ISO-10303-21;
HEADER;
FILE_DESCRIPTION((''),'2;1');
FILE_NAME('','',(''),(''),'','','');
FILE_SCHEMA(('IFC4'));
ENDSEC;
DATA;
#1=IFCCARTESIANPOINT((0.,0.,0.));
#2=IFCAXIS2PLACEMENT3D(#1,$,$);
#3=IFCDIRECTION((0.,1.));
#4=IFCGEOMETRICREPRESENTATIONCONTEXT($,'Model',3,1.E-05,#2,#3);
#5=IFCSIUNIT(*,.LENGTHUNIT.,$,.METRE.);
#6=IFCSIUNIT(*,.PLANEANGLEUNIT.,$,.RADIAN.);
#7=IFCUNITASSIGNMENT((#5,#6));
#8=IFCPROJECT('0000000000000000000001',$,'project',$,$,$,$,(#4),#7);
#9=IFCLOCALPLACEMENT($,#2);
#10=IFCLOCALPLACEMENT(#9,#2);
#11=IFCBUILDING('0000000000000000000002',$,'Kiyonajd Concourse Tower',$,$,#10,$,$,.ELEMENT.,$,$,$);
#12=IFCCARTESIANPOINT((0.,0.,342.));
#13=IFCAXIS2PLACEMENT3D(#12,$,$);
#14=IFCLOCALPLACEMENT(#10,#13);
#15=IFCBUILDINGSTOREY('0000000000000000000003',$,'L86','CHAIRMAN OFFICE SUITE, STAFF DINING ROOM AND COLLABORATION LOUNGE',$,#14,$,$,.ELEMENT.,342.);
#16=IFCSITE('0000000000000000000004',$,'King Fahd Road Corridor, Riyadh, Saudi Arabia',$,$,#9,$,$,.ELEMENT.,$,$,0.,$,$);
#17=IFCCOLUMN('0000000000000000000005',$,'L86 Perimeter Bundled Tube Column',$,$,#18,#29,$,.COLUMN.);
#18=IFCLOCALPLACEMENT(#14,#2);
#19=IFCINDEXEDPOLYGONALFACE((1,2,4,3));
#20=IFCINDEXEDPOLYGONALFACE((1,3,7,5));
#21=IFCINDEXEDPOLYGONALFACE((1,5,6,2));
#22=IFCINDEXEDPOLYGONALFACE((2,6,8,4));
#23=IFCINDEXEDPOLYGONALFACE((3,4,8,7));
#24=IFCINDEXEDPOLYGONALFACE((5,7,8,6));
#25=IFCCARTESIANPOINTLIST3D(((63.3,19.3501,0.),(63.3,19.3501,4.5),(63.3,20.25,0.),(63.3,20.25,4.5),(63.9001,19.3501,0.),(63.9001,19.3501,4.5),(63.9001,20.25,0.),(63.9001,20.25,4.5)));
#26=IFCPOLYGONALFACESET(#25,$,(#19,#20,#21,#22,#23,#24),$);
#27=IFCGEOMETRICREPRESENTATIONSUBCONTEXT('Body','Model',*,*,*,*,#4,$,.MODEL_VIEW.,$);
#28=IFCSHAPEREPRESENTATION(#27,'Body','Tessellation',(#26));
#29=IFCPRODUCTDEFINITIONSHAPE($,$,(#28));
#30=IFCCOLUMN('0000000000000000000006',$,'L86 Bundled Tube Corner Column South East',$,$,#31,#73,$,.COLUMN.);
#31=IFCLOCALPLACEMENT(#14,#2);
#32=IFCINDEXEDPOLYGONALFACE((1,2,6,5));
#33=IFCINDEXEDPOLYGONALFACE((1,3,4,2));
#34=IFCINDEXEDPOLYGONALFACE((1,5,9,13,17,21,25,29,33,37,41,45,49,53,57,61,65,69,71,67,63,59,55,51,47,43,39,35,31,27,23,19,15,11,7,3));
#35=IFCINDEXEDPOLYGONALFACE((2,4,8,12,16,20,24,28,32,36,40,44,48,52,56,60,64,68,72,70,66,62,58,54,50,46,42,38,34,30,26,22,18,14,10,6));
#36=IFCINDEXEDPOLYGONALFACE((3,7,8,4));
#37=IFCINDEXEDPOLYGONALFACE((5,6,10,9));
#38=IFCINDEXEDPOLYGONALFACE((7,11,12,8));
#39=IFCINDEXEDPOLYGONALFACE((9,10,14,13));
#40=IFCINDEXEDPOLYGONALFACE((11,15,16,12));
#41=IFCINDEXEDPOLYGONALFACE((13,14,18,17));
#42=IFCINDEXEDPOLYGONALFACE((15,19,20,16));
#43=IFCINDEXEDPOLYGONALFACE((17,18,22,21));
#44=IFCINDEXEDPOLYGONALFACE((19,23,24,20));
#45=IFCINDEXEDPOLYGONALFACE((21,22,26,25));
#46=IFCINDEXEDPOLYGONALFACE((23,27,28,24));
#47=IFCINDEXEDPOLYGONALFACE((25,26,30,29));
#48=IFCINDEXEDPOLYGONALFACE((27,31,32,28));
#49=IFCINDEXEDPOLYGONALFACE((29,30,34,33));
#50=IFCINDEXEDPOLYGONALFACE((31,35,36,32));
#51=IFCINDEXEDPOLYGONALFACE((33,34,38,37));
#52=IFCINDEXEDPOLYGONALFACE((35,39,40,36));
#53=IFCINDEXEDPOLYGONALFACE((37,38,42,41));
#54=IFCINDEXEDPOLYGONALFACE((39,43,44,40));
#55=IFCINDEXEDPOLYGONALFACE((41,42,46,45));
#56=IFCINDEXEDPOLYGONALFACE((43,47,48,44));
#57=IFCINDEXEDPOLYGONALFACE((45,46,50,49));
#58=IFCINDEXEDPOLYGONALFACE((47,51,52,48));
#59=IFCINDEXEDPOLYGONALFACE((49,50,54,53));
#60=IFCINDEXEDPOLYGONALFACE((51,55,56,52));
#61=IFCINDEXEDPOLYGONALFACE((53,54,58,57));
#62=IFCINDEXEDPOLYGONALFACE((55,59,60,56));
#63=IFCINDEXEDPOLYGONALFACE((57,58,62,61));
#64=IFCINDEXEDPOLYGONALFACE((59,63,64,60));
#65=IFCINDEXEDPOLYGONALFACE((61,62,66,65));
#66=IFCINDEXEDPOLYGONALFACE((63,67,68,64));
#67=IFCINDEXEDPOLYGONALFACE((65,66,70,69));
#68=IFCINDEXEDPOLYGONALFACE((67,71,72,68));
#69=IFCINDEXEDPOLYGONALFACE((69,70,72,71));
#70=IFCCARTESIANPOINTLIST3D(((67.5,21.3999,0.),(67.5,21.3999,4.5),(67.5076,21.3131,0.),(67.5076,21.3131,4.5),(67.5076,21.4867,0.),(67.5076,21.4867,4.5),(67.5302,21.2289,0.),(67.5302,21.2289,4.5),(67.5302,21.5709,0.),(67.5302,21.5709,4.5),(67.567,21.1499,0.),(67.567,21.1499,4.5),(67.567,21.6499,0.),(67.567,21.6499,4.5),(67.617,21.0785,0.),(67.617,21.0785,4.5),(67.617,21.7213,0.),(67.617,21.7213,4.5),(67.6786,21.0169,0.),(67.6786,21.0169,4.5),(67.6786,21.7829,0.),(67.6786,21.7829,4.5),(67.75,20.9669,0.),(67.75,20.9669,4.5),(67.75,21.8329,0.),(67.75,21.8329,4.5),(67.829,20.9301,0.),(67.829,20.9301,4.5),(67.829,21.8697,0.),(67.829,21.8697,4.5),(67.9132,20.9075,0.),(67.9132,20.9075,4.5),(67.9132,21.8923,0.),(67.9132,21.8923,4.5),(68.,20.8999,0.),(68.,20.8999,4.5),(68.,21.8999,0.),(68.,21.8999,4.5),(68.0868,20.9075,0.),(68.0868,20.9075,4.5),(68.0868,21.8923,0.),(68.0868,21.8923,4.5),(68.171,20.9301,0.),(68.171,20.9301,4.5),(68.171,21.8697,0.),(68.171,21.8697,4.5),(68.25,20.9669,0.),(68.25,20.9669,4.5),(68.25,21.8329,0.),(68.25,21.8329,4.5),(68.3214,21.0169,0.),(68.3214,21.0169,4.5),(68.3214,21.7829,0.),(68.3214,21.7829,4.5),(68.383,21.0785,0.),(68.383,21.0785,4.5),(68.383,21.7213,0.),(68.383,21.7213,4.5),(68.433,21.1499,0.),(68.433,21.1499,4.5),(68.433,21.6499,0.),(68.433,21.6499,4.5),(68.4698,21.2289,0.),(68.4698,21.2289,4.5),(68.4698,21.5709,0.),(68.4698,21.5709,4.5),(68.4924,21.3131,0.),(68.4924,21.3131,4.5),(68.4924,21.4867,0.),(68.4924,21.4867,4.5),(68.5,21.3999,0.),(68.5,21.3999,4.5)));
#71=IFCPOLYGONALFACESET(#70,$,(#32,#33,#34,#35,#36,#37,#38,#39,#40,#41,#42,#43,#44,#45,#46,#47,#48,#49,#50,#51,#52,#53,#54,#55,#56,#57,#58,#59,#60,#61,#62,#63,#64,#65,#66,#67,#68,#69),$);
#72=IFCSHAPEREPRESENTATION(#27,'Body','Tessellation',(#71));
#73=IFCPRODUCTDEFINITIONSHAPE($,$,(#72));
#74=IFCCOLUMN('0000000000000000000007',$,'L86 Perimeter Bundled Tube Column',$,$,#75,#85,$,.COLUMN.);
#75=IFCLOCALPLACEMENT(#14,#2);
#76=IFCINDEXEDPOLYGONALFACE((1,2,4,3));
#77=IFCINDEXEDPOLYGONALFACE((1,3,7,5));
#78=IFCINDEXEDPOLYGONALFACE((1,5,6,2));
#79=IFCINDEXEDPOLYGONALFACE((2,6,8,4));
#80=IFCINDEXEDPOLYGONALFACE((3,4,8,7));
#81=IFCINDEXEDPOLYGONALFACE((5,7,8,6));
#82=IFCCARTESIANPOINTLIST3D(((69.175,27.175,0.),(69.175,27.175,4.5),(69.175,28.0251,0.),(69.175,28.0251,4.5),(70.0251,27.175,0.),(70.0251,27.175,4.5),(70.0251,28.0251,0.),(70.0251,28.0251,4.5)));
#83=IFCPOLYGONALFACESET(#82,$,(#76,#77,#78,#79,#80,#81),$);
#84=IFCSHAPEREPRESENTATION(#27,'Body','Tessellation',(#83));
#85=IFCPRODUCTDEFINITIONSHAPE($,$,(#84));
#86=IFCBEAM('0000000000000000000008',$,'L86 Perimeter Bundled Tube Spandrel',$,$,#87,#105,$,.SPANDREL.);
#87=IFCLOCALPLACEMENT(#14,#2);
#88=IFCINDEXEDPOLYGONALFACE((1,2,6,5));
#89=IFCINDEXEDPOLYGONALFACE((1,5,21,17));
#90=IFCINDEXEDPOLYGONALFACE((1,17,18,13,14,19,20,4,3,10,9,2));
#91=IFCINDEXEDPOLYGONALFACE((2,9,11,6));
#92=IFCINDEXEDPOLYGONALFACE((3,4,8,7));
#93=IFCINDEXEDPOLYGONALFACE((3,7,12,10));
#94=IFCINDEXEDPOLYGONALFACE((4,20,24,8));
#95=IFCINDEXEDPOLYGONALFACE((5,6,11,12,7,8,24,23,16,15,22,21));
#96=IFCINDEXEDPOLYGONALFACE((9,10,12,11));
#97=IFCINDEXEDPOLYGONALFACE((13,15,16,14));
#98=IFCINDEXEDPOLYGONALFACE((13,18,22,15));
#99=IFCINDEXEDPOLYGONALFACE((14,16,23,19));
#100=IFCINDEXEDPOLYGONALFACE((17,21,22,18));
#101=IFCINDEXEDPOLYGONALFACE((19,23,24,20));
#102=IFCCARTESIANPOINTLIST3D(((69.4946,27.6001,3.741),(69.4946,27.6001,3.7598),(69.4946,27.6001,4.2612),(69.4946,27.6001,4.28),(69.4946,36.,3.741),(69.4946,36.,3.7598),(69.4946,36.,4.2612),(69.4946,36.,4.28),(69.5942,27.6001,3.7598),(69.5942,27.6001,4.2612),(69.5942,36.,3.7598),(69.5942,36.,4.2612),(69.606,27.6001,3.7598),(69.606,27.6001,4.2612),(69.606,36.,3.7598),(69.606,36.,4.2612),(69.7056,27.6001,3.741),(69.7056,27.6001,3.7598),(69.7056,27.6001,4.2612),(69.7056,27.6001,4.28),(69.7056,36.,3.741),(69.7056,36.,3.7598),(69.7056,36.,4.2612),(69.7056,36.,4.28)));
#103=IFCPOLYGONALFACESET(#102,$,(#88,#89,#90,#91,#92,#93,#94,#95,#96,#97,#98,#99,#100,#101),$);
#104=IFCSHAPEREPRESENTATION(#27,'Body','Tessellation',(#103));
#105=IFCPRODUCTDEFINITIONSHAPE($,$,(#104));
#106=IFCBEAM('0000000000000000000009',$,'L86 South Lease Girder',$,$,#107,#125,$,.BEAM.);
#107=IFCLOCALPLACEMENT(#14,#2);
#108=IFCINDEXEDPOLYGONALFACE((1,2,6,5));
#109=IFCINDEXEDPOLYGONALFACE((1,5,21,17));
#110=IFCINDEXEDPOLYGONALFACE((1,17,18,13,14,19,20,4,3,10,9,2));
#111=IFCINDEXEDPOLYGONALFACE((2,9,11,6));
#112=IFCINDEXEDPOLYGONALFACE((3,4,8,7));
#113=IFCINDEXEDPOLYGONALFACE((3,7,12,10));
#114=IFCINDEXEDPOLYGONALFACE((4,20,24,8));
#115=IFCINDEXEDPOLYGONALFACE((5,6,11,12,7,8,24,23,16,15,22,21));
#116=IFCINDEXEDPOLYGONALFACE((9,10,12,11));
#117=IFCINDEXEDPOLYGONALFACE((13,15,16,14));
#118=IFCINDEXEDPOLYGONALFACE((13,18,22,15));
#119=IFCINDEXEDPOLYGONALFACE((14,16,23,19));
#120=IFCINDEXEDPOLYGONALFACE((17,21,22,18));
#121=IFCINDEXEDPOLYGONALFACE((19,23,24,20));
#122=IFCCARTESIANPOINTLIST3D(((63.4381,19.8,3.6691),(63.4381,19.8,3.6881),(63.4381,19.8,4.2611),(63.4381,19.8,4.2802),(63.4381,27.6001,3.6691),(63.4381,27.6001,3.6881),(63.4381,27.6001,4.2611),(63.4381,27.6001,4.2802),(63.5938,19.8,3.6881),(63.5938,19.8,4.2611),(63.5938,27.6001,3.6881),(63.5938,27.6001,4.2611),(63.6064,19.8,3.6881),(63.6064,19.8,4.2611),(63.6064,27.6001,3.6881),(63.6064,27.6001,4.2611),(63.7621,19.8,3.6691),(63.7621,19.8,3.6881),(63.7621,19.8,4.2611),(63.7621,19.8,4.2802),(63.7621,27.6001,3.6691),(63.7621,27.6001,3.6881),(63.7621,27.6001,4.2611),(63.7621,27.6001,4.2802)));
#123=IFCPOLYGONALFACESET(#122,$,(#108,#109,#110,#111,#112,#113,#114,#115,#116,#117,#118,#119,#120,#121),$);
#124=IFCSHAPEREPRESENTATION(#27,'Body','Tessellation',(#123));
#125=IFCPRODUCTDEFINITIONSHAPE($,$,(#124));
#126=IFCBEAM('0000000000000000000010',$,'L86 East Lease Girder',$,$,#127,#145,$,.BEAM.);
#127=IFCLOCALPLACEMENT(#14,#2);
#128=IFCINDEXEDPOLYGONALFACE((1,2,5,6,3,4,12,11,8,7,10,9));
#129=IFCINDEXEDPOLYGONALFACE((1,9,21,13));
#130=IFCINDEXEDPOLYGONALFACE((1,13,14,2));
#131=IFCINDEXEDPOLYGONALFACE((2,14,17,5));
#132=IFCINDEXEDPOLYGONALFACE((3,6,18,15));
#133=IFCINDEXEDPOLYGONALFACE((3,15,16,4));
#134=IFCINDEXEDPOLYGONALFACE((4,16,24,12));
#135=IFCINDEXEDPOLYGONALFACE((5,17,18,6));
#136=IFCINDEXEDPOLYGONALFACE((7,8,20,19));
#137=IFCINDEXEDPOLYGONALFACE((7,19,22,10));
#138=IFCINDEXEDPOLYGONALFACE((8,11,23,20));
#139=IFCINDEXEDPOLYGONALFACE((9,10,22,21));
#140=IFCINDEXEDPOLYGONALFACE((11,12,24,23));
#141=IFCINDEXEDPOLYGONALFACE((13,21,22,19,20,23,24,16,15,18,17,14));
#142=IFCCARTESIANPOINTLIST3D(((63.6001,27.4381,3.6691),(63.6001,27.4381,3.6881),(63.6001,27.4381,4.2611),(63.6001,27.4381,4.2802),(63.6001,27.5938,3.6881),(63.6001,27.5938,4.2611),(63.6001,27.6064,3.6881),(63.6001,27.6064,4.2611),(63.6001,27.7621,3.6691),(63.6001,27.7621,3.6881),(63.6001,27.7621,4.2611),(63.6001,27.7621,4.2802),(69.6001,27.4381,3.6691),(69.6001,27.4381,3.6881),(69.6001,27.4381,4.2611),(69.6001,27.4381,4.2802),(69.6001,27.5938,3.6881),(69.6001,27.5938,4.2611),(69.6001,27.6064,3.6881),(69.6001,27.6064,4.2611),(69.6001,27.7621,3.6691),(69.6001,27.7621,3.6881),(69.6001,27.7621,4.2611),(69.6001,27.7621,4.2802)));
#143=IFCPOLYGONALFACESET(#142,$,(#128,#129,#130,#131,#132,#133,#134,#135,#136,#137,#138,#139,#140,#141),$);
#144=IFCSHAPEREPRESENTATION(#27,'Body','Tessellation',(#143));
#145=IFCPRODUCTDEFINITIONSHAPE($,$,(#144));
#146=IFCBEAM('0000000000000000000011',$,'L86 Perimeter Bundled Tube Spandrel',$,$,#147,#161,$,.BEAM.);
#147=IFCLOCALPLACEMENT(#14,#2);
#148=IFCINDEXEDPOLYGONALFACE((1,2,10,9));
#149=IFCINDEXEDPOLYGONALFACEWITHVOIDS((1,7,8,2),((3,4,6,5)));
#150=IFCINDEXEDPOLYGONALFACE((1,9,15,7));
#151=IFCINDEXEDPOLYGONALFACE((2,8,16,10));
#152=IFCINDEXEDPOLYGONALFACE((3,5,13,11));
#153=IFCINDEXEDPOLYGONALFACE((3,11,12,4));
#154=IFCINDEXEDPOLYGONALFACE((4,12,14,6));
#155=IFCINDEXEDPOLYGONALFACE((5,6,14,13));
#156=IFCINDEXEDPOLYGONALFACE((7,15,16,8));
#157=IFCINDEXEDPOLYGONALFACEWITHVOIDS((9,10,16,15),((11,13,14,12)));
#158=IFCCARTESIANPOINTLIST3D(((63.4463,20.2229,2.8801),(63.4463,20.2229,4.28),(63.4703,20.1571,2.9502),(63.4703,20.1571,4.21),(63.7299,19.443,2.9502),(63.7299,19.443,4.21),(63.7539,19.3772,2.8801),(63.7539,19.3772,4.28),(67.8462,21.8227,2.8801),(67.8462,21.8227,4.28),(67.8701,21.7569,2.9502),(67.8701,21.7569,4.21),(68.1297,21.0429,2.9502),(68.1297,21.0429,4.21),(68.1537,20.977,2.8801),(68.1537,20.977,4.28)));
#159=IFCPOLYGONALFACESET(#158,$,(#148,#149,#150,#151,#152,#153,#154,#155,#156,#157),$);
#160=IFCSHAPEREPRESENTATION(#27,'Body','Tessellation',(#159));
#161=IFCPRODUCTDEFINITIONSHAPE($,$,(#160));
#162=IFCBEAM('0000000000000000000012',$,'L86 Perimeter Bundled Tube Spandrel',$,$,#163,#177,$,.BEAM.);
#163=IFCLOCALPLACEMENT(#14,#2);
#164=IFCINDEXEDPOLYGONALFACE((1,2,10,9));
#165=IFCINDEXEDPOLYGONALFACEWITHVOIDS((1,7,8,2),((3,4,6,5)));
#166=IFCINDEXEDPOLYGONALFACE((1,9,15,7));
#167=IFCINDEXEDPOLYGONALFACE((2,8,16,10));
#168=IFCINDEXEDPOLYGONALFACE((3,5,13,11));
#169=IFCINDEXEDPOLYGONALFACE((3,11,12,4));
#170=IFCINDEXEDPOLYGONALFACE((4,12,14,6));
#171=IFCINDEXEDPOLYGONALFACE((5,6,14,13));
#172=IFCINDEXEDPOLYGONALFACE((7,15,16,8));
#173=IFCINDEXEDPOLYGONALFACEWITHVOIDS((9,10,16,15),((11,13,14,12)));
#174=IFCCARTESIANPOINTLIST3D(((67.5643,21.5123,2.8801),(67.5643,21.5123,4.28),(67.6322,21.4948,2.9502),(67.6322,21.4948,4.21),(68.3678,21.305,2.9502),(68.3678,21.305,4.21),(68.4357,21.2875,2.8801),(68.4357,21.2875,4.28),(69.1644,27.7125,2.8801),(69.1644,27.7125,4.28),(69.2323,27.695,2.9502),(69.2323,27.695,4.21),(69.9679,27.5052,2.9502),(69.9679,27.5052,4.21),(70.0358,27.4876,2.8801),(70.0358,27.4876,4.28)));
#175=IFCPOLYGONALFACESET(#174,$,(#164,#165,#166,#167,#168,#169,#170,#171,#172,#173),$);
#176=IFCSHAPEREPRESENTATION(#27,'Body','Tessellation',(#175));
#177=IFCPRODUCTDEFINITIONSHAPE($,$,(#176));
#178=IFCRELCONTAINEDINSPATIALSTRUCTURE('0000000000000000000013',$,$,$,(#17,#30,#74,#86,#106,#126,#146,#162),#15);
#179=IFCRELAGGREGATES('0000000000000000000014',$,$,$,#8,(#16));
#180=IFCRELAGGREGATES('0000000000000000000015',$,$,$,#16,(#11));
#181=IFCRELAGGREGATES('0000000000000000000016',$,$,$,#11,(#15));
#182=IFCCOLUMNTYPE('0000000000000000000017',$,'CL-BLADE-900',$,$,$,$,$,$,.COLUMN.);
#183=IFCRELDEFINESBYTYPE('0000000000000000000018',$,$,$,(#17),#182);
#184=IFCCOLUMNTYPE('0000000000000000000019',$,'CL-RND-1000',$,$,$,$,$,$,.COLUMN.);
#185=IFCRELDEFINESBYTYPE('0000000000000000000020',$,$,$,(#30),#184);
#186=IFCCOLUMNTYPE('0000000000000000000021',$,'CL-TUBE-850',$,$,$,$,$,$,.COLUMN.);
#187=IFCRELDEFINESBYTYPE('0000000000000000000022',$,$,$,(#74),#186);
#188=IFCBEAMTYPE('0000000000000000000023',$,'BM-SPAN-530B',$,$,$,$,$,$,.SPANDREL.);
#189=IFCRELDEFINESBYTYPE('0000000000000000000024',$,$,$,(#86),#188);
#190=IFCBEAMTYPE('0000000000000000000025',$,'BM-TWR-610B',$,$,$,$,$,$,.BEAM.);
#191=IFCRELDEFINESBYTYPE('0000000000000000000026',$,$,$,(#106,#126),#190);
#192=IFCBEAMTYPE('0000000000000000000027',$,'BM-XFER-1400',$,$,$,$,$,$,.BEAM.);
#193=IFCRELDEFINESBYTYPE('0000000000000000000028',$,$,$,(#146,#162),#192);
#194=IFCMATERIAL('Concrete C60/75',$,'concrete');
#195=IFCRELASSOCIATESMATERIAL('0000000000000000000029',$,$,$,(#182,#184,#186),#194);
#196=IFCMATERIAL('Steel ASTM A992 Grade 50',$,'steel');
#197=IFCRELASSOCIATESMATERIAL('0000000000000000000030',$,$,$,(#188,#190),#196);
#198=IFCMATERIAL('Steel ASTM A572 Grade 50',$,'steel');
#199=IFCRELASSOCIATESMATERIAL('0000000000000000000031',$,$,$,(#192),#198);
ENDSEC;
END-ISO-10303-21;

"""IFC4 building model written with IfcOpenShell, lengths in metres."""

from ifc_helpers import new_model, si_unit, direction, frame, origin, origin_2d, place, context, subcontext, project, spatial, rectangle, hollow_rectangle, circle, i_section, extrude, material, material_profile, profile_set, type_object, element, save


model = new_model("IFC4")

# Units and contexts
model_context = context("Model", 3, precision=1e-05, world=origin(), true_north=direction((0.0, 1.0)))
body_context = subcontext(model_context, "Body", "Model", "MODEL_VIEW")
ifc_project = project(units=[si_unit("LENGTHUNIT", "METRE"), si_unit("PLANEANGLEUNIT", "RADIAN")], contexts=[model_context])

# Site, building, storey
site_placement = place(None, origin())
site = spatial("IfcSite", under=ifc_project, at=site_placement, Name="King Fahd Road Corridor, Riyadh, Saudi Arabia", CompositionType="ELEMENT", RefElevation=0.0)
building_placement = place(site_placement, origin())
building = spatial("IfcBuilding", under=site, at=building_placement, Name="Kiyonajd Concourse Tower", CompositionType="ELEMENT")
storey_placement = place(building_placement, frame((0.0, 0.0, 342.0)))
storey = spatial("IfcBuildingStorey", under=building, at=storey_placement, Name="L86", Description="CHAIRMAN OFFICE SUITE, STAFF DINING ROOM AND COLLABORATION LOUNGE", CompositionType="ELEMENT", Elevation=342.0)

# Columns
ifc_material_1 = material(Name="Concrete C60/75", Category="concrete")
ifc_material_profile_1 = material_profile(ifc_material_1, rectangle(XDim=0.6001, YDim=0.8999, at=origin_2d()), Name="RC-900x600")
ifc_profile_set_1 = profile_set([ifc_material_profile_1], Name="Concrete C60/75")
column_type_1 = type_object("IfcColumnType", Name="CL-BLADE-900", PredefinedType="COLUMN", material=ifc_profile_set_1)
column_1_placement = place(storey_placement, frame((63.6001, 19.8, 0.0), z_axis=(0.0, 0.0, 1.0), x_axis=(1.0, 0.0, 0.0)))
element("IfcColumn", 1, at=column_1_placement, inside=storey, type_object=column_type_1, Name="L86 Perimeter Bundled Tube Column", PredefinedType="COLUMN", context=body_context, shape_type="SweptSolid", body=[
    extrude(rectangle(XDim=0.6001, YDim=0.8999, at=origin_2d()), origin(), (0.0, 0.0, 1.0), 4.5),
])
ifc_material_profile_2 = material_profile(ifc_material_1, circle(Radius=0.5, at=origin_2d()), Name="RCC-D1000")
ifc_profile_set_2 = profile_set([ifc_material_profile_2], Name="Concrete C60/75")
column_type_2 = type_object("IfcColumnType", Name="CL-RND-1000", PredefinedType="COLUMN", material=ifc_profile_set_2)
column_2_placement = place(storey_placement, frame((68.0, 21.3999, 0.0), z_axis=(0.0, 0.0, 1.0), x_axis=(1.0, 0.0, 0.0)))
element("IfcColumn", 2, at=column_2_placement, inside=storey, type_object=column_type_2, Name="L86 Bundled Tube Corner Column South East", PredefinedType="COLUMN", context=body_context, shape_type="SweptSolid", body=[
    extrude(circle(Radius=0.5, at=origin_2d()), origin(), (0.0, 0.0, 1.0), 4.5),
])
ifc_material_profile_3 = material_profile(ifc_material_1, rectangle(XDim=0.8501, YDim=0.8501, at=origin_2d()), Name="RC-850x850")
ifc_profile_set_3 = profile_set([ifc_material_profile_3], Name="Concrete C60/75")
column_type_3 = type_object("IfcColumnType", Name="CL-TUBE-850", PredefinedType="COLUMN", material=ifc_profile_set_3)
column_3_placement = place(storey_placement, frame((69.6001, 27.6001, 0.0), z_axis=(0.0, 0.0, 1.0), x_axis=(1.0, 0.0, 0.0)))
element("IfcColumn", 3, at=column_3_placement, inside=storey, type_object=column_type_3, Name="L86 Perimeter Bundled Tube Column", PredefinedType="COLUMN", context=body_context, shape_type="SweptSolid", body=[
    extrude(rectangle(XDim=0.8501, YDim=0.8501, at=origin_2d()), origin(), (0.0, 0.0, 1.0), 4.5),
])

# Beams
ifc_material_2 = material(Name="Steel ASTM A992 Grade 50", Category="steel")
ifc_material_profile_4 = material_profile(ifc_material_2, i_section(OverallWidth=0.2109, OverallDepth=0.5391, WebThickness=0.0117, FlangeThickness=0.0188, at=origin_2d()), Name="W530X109")
ifc_profile_set_4 = profile_set([ifc_material_profile_4], Name="Steel ASTM A992 Grade 50")
beam_type_1 = type_object("IfcBeamType", Name="BM-SPAN-530B", PredefinedType="SPANDREL", material=ifc_profile_set_4)
beam_1_placement = place(storey_placement, frame((69.6001, 27.6001, 4.0105), z_axis=(0.0, 1.0, 0.0), x_axis=(-1.0, 0.0, 0.0)))
element("IfcBeam", 4, at=beam_1_placement, inside=storey, type_object=beam_type_1, Name="L86 Perimeter Bundled Tube Spandrel", PredefinedType="SPANDREL", context=body_context, shape_type="SweptSolid", body=[
    extrude(i_section(OverallWidth=0.2109, OverallDepth=0.5391, WebThickness=0.0117, FlangeThickness=0.0188, at=origin_2d()), origin(), (0.0, 0.0, 1.0), 8.3999),
])
ifc_material_profile_5 = material_profile(ifc_material_2, i_section(OverallWidth=0.324, OverallDepth=0.6111, WebThickness=0.0127, FlangeThickness=0.019, at=origin_2d()), Name="W610X155")
ifc_profile_set_5 = profile_set([ifc_material_profile_5], Name="Steel ASTM A992 Grade 50")
beam_type_2 = type_object("IfcBeamType", Name="BM-TWR-610B", PredefinedType="BEAM", material=ifc_profile_set_5)
beam_2_placement = place(storey_placement, frame((63.6001, 19.8, 3.9746), z_axis=(0.0, 1.0, 0.0), x_axis=(-1.0, 0.0, 0.0)))
element("IfcBeam", 5, at=beam_2_placement, inside=storey, type_object=beam_type_2, Name="L86 South Lease Girder", PredefinedType="BEAM", context=body_context, shape_type="SweptSolid", body=[
    extrude(i_section(OverallWidth=0.324, OverallDepth=0.6111, WebThickness=0.0127, FlangeThickness=0.019, at=origin_2d()), origin(), (0.0, 0.0, 1.0), 7.8),
])
beam_3_placement = place(storey_placement, frame((63.6001, 27.6001, 3.9746), z_axis=(1.0, 0.0, 0.0), x_axis=(0.0, 1.0, 0.0)))
element("IfcBeam", 6, at=beam_3_placement, inside=storey, type_object=beam_type_2, Name="L86 East Lease Girder", PredefinedType="BEAM", context=body_context, shape_type="SweptSolid", body=[
    extrude(i_section(OverallWidth=0.324, OverallDepth=0.6111, WebThickness=0.0127, FlangeThickness=0.019, at=origin_2d()), origin(), (0.0, 0.0, 1.0), 6.0),
])
ifc_material_3 = material(Name="Steel ASTM A572 Grade 50", Category="steel")
ifc_material_profile_6 = material_profile(ifc_material_3, hollow_rectangle(XDim=0.8999, YDim=1.3999, WallThickness=0.0701, at=origin_2d()), Name="BOX-1400x900x70")
ifc_profile_set_6 = profile_set([ifc_material_profile_6], Name="Steel ASTM A572 Grade 50")
beam_type_3 = type_object("IfcBeamType", Name="BM-XFER-1400", PredefinedType="BEAM", material=ifc_profile_set_6)
beam_4_placement = place(storey_placement, frame((63.6001, 19.8, 3.5801), z_axis=(0.939801, 0.341722, 0.0), x_axis=(-0.341722, 0.939801, 0.0)))
element("IfcBeam", 7, at=beam_4_placement, inside=storey, type_object=beam_type_3, Name="L86 Perimeter Bundled Tube Spandrel", PredefinedType="BEAM", context=body_context, shape_type="SweptSolid", body=[
    extrude(hollow_rectangle(XDim=0.8999, YDim=1.3999, WallThickness=0.0701, at=origin_2d()), origin(), (0.0, 0.0, 1.0), 4.6816),
])
beam_5_placement = place(storey_placement, frame((68.0, 21.3999, 3.5801), z_axis=(0.249885, 0.968276, 0.0), x_axis=(-0.968276, 0.249885, 0.0)))
element("IfcBeam", 8, at=beam_5_placement, inside=storey, type_object=beam_type_3, Name="L86 Perimeter Bundled Tube Spandrel", PredefinedType="BEAM", context=body_context, shape_type="SweptSolid", body=[
    extrude(hollow_rectangle(XDim=0.8999, YDim=1.3999, WallThickness=0.0701, at=origin_2d()), origin(), (0.0, 0.0, 1.0), 6.4033),
])

save(model, "model.ifc")
